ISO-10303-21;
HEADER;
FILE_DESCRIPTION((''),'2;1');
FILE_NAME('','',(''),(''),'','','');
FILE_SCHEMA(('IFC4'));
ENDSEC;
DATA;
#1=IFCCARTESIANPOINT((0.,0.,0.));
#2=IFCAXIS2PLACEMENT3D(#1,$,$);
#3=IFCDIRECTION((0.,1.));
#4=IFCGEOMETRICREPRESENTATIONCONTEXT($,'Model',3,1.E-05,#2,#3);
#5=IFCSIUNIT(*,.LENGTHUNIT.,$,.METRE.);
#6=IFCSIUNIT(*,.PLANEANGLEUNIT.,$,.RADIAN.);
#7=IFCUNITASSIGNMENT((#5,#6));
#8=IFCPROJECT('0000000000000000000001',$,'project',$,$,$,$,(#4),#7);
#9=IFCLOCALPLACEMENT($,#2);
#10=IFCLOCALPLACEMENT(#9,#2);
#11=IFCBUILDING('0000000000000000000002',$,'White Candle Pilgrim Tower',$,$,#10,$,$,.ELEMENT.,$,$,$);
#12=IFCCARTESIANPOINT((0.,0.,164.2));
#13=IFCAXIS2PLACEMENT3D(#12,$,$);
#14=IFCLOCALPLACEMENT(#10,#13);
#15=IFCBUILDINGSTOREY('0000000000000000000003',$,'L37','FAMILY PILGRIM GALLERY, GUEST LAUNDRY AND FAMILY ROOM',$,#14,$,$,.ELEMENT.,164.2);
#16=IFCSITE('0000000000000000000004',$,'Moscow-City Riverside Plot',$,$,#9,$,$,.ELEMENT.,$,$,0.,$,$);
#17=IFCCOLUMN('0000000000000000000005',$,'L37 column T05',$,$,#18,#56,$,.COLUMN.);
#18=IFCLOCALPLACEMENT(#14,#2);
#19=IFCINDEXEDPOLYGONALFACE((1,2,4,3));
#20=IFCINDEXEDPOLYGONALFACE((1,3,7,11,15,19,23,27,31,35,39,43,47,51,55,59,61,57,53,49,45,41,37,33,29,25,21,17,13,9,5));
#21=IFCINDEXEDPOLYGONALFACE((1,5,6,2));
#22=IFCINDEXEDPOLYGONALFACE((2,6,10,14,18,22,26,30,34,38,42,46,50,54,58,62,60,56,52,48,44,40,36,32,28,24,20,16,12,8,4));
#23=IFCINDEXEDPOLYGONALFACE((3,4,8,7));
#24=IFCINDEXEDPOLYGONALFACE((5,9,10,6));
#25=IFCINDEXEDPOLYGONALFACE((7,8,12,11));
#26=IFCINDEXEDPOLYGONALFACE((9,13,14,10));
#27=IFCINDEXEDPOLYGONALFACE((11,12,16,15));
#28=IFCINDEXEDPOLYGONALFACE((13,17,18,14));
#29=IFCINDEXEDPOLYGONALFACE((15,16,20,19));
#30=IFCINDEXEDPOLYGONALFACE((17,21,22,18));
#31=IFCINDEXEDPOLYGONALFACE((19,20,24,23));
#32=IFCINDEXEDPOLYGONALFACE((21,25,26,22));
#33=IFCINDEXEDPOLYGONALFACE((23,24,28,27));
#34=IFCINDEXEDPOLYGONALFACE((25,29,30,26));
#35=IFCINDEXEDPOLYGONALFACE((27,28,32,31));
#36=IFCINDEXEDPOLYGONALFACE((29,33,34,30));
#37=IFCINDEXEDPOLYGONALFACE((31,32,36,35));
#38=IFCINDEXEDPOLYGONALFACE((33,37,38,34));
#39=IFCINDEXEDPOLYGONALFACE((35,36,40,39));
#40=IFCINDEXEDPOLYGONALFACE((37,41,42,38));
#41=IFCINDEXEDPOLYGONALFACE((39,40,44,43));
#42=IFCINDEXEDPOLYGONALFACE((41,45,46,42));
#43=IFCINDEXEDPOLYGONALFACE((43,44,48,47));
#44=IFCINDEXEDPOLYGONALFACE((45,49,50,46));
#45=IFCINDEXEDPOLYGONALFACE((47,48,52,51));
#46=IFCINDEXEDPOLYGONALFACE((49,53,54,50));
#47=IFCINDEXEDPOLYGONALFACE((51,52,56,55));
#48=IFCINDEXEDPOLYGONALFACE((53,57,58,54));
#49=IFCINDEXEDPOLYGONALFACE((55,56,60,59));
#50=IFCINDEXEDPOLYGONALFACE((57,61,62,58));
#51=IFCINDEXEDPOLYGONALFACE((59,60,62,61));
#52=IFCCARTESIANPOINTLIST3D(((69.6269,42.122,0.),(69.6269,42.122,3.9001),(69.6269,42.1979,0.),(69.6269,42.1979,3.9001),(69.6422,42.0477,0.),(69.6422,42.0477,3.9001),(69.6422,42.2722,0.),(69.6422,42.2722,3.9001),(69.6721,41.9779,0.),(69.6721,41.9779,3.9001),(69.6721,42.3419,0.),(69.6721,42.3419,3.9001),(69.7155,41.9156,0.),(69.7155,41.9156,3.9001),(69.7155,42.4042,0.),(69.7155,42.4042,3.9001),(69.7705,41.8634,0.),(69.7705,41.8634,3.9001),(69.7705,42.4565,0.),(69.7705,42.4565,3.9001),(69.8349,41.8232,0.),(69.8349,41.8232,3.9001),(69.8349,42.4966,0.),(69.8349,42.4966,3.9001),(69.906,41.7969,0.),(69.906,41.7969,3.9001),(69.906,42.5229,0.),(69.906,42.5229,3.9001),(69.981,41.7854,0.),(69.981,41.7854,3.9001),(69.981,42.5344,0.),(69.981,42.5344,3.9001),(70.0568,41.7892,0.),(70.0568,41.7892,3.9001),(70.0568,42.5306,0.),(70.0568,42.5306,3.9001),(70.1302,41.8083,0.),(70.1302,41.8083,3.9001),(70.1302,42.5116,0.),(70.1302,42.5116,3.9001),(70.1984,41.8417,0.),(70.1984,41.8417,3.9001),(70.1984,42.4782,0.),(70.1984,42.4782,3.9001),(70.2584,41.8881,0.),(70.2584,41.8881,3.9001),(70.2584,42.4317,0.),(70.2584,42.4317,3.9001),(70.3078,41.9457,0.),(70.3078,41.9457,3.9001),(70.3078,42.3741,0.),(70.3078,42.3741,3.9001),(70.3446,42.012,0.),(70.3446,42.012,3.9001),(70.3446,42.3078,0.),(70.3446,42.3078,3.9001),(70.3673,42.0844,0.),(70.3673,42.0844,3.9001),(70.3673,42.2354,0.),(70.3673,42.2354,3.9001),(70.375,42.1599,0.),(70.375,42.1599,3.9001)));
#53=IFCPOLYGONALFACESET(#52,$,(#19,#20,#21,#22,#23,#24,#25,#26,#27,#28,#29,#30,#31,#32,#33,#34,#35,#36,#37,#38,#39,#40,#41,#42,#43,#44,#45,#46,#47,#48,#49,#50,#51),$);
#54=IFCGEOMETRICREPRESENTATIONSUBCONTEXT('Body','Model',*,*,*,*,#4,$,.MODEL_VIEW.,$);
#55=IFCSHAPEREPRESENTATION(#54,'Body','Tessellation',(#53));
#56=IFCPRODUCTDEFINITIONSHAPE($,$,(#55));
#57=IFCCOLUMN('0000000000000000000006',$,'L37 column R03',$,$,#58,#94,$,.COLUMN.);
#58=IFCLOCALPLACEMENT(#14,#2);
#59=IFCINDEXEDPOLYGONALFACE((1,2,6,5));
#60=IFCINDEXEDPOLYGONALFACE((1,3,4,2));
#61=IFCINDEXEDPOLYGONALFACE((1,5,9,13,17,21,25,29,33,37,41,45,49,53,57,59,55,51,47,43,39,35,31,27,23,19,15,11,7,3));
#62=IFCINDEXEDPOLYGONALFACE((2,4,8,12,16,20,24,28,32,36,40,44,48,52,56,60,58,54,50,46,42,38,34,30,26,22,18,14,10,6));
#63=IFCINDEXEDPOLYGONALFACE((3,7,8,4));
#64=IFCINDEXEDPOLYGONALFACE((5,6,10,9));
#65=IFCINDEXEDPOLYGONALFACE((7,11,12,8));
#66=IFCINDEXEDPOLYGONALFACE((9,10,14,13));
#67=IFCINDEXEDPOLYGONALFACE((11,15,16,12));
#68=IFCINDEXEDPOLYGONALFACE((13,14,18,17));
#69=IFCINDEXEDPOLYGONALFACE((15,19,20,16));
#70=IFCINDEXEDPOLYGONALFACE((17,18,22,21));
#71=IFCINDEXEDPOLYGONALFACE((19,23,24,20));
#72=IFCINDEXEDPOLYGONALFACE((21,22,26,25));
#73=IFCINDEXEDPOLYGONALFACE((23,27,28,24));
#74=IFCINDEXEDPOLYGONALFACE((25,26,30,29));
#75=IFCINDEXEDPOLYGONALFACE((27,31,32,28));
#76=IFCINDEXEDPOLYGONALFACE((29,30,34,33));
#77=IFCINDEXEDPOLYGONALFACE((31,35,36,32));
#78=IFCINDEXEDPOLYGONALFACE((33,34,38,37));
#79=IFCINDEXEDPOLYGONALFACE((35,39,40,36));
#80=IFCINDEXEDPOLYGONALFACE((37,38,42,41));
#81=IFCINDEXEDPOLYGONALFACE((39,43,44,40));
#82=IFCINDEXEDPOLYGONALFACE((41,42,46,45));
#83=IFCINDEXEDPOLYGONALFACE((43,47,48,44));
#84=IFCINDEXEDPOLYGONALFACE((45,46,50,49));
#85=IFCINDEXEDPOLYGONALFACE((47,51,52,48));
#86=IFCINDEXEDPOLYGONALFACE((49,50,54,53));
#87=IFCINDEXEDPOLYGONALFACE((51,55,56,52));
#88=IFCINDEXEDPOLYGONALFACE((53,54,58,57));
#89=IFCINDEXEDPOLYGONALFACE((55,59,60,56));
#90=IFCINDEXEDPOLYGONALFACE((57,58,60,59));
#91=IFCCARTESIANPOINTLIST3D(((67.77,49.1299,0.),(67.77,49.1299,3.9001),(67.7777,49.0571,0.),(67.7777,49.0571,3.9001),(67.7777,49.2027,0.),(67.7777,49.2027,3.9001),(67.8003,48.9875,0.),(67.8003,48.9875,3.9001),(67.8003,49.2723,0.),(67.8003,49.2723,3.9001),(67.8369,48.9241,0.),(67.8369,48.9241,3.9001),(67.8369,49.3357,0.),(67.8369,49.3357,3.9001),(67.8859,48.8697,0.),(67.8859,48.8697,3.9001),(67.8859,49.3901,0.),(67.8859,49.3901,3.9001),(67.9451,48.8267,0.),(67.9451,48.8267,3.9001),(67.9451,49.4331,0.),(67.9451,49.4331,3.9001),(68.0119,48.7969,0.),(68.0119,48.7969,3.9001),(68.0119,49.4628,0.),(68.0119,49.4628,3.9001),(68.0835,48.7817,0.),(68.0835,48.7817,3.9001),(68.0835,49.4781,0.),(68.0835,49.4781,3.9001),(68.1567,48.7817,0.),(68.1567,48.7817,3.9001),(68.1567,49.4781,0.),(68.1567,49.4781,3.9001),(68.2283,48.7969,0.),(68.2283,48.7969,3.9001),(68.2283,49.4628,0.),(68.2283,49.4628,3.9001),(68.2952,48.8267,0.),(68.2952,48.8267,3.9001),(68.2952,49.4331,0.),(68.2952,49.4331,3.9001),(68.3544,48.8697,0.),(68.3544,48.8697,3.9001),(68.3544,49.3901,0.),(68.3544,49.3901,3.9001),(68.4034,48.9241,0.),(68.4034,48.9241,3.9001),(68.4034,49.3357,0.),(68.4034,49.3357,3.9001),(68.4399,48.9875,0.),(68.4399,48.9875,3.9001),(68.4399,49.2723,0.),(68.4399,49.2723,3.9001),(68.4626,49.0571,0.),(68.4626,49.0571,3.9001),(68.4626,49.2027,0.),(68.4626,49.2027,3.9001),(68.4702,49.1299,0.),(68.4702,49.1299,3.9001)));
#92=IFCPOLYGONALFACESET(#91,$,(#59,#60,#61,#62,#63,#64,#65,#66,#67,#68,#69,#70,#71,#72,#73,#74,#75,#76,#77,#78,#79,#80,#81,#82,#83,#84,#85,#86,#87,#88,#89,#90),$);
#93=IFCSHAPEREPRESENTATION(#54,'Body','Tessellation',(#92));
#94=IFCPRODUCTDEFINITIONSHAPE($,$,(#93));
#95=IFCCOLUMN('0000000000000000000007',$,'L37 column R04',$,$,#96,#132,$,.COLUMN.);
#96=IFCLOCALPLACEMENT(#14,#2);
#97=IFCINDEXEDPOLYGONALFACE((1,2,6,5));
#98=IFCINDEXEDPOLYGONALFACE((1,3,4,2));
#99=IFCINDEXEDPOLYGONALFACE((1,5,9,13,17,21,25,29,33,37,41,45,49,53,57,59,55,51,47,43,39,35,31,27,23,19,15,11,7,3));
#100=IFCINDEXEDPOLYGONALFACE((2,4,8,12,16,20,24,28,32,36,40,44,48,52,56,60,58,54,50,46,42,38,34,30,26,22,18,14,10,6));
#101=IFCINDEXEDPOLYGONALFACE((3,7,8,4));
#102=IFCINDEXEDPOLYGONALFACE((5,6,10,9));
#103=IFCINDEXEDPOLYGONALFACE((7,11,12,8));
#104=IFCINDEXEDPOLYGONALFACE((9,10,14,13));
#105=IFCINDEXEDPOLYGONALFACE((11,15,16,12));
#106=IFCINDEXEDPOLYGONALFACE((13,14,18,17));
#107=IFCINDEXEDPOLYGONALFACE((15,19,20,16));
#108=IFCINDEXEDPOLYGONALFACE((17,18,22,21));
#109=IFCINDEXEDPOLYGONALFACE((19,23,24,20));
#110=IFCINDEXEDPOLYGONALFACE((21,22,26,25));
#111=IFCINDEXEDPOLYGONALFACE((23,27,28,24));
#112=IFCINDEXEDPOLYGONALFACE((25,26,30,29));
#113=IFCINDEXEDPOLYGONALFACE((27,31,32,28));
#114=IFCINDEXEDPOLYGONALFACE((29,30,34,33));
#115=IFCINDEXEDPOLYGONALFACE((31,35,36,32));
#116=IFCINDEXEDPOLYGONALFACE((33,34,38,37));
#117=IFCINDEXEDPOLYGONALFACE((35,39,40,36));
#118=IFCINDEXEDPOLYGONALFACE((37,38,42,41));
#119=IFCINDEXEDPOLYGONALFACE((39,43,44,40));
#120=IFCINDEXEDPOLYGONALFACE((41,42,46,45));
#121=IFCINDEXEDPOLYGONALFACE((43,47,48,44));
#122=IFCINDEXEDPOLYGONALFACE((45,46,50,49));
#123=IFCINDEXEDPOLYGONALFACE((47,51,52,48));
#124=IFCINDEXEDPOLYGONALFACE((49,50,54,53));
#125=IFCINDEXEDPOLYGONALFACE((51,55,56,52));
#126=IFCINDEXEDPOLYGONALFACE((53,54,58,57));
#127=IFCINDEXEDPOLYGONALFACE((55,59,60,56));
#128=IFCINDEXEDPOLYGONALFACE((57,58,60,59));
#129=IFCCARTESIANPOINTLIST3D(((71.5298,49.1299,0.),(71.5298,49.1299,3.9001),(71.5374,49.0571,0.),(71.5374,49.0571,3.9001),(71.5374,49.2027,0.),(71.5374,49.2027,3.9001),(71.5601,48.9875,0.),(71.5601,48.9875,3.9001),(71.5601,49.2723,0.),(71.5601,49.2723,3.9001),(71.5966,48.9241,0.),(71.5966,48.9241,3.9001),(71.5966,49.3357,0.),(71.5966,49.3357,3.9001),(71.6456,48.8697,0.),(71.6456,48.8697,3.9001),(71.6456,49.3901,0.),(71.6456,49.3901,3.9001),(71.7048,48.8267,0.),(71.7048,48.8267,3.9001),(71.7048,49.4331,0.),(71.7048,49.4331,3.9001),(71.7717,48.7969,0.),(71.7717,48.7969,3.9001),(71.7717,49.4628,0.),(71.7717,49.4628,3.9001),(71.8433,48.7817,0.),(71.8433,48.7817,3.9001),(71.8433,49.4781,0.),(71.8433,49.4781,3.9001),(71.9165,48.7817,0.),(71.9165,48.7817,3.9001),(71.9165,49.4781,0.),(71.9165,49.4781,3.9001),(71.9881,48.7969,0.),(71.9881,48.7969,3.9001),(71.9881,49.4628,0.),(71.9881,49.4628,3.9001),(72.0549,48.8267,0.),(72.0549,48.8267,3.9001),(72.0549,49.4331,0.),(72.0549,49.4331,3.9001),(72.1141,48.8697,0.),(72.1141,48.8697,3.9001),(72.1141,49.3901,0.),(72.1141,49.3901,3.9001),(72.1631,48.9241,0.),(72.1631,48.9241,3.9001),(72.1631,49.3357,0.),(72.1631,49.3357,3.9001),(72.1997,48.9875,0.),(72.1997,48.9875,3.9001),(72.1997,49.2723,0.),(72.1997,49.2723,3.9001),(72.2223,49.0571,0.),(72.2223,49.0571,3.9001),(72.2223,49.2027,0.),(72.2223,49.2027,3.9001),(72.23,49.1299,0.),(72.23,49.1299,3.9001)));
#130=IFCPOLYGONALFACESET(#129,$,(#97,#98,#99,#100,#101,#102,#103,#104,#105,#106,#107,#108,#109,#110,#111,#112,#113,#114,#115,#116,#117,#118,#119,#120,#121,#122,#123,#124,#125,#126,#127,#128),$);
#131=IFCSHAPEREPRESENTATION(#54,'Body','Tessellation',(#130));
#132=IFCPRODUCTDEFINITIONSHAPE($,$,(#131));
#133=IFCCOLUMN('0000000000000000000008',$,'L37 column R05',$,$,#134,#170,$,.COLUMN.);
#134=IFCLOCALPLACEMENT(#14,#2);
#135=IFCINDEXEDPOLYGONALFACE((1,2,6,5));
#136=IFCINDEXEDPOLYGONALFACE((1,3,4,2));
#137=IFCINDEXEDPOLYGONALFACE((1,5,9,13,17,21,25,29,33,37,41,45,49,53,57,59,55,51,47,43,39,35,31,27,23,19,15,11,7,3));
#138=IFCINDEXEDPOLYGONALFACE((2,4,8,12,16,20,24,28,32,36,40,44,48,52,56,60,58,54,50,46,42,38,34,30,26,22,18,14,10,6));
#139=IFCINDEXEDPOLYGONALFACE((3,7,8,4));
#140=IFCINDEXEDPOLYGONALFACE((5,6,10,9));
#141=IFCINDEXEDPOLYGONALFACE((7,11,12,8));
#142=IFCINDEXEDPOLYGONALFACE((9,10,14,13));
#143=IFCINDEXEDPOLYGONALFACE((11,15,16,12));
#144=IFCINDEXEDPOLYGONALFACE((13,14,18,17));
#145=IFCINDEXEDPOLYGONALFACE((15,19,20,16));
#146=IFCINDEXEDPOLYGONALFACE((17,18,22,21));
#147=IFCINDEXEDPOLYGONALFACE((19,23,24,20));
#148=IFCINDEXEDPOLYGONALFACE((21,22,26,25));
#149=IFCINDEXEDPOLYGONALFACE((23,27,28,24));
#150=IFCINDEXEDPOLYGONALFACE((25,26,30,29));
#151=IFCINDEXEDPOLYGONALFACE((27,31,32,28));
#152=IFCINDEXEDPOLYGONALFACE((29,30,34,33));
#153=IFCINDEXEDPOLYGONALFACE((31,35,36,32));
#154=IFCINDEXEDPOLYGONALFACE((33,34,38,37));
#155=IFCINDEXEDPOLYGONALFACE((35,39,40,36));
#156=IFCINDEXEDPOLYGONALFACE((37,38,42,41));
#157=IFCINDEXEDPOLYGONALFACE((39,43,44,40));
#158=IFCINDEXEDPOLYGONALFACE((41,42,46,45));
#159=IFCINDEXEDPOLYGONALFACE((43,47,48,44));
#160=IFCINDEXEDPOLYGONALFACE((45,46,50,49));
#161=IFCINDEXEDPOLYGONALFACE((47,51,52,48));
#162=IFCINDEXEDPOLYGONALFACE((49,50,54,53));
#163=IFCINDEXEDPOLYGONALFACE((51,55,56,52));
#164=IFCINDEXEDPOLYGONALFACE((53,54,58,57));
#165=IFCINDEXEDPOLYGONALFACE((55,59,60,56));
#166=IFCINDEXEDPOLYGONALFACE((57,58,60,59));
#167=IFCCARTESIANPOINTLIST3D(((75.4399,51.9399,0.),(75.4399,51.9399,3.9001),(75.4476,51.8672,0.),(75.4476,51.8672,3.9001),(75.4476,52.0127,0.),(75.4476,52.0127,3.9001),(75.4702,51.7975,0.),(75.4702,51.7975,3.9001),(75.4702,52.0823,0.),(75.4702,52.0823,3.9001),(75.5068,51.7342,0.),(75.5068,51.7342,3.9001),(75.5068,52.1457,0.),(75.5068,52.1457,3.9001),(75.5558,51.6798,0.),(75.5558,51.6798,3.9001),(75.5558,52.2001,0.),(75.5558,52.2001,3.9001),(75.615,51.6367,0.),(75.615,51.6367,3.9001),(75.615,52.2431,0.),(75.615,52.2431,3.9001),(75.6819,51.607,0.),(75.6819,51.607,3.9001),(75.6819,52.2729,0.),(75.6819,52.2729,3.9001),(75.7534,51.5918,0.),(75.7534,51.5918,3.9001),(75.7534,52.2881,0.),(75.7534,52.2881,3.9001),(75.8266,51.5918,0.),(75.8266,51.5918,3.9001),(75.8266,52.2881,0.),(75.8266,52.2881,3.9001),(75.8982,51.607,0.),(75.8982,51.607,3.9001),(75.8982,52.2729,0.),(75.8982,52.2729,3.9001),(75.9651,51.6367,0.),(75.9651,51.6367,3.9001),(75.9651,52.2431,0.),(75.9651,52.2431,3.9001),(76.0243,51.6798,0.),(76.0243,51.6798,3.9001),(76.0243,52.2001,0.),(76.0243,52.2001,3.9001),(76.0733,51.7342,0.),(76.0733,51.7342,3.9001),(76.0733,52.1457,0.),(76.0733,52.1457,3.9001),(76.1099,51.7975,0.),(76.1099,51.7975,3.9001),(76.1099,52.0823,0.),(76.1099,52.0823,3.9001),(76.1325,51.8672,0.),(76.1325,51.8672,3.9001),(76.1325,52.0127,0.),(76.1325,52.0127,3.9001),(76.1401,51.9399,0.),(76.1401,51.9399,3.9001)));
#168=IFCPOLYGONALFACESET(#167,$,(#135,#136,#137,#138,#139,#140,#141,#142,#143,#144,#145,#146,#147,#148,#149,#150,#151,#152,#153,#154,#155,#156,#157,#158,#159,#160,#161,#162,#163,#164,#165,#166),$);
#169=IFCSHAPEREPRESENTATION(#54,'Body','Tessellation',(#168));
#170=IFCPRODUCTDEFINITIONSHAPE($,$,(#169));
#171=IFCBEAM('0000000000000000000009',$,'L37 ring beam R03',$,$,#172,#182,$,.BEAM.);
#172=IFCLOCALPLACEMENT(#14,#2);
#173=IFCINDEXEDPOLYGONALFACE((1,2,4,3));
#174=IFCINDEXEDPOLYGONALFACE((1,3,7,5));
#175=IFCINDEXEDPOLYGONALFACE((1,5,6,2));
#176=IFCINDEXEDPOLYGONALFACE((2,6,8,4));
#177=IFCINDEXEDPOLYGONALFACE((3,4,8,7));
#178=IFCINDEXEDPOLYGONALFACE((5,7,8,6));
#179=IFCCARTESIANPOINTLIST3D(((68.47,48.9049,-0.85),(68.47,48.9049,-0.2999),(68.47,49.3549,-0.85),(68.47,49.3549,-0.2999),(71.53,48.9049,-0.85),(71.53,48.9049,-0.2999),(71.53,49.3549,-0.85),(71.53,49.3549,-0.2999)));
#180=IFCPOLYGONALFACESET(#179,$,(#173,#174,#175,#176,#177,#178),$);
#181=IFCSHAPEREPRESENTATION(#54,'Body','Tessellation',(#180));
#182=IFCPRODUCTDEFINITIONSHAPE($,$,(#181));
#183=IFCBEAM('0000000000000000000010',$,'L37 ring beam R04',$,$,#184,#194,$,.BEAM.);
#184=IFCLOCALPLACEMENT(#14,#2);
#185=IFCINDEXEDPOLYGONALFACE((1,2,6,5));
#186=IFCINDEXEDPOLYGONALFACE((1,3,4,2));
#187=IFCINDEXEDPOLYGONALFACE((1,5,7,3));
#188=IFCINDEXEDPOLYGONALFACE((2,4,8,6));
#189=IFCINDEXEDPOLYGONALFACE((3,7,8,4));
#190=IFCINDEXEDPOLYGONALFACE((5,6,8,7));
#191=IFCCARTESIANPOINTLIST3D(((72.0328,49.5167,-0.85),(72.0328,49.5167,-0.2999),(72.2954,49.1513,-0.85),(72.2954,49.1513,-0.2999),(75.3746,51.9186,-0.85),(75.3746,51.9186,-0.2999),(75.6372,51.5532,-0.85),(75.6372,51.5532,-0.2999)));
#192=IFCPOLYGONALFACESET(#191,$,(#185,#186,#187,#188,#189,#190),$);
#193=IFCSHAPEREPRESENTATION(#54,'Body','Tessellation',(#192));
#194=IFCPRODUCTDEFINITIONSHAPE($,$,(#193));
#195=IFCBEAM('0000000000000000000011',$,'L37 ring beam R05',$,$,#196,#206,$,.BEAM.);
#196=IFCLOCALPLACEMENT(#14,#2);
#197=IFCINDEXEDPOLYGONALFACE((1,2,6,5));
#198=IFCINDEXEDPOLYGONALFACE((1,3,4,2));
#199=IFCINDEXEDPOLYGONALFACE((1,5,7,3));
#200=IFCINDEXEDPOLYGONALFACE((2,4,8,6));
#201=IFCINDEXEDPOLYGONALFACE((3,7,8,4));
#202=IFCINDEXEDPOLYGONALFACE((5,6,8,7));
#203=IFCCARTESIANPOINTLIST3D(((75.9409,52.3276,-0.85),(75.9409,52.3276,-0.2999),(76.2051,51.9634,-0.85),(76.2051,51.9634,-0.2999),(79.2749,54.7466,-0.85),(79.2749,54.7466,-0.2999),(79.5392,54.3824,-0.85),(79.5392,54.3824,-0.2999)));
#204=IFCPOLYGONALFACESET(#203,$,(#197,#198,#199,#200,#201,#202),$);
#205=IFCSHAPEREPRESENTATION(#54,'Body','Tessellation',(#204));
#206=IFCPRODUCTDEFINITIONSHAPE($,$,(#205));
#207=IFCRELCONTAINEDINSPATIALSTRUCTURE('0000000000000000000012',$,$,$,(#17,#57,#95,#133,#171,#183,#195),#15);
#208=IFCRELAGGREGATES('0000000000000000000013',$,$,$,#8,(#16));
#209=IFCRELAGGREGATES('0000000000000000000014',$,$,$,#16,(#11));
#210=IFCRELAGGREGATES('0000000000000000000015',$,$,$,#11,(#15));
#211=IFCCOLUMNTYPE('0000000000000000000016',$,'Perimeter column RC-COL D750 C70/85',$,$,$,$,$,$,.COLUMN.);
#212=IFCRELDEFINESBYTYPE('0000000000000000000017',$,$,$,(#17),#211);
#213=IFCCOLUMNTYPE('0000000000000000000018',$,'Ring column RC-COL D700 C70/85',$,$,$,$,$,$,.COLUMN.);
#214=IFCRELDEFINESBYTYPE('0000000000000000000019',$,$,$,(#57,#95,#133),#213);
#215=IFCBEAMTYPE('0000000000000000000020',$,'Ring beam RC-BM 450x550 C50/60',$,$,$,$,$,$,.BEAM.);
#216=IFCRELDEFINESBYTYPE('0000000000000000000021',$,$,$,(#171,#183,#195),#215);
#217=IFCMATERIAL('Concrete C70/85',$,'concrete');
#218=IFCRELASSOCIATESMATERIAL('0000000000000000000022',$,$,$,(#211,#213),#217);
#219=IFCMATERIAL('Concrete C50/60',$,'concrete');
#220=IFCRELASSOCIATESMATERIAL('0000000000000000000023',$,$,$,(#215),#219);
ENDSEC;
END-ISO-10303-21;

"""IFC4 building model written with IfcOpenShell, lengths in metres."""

from ifc_helpers import new_model, si_unit, direction, frame, origin, origin_2d, place, context, subcontext, project, spatial, rectangle, circle, extrude, material, material_profile, profile_set, type_object, element, save


model = new_model("IFC4")

# Units and contexts
model_context = context("Model", 3, precision=1e-05, world=origin(), true_north=direction((0.0, 1.0)))
body_context = subcontext(model_context, "Body", "Model", "MODEL_VIEW")
ifc_project = project(units=[si_unit("LENGTHUNIT", "METRE"), si_unit("PLANEANGLEUNIT", "RADIAN")], contexts=[model_context])

# Site, building, storey
site_placement = place(None, origin())
site = spatial("IfcSite", under=ifc_project, at=site_placement, Name="Moscow-City Riverside Plot", CompositionType="ELEMENT", RefElevation=0.0)
building_placement = place(site_placement, origin())
building = spatial("IfcBuilding", under=site, at=building_placement, Name="White Candle Pilgrim Tower", CompositionType="ELEMENT")
storey_placement = place(building_placement, frame((0.0, 0.0, 164.2)))
storey = spatial("IfcBuildingStorey", under=building, at=storey_placement, Name="L37", Description="FAMILY PILGRIM GALLERY, GUEST LAUNDRY AND FAMILY ROOM", CompositionType="ELEMENT", Elevation=164.2)

# Columns
ifc_material_1 = material(Name="Concrete C70/85", Category="concrete")
ifc_material_profile_1 = material_profile(ifc_material_1, circle(Radius=0.375, at=origin_2d()), Name="RC-COL D750")
ifc_profile_set_1 = profile_set([ifc_material_profile_1], Name="Concrete C70/85")
column_type_1 = type_object("IfcColumnType", Name="Perimeter column RC-COL D750 C70/85", PredefinedType="COLUMN", material=ifc_profile_set_1)
column_placement = place(storey_placement, frame((70.0, 42.1599, 0.0), z_axis=(0.0, 0.0, 1.0), x_axis=(1.0, 0.0, 0.0)))
element("IfcColumn", 1, at=column_placement, inside=storey, type_object=column_type_1, Name="L37 column T05", PredefinedType="COLUMN", context=body_context, shape_type="SweptSolid", body=[
    extrude(circle(Radius=0.375, at=origin_2d()), origin(), (0.0, 0.0, 1.0), 3.9001),
])
ifc_material_profile_2 = material_profile(ifc_material_1, circle(Radius=0.3501, at=origin_2d()), Name="RC-COL D700")
ifc_profile_set_2 = profile_set([ifc_material_profile_2], Name="Concrete C70/85")
column_type_2 = type_object("IfcColumnType", Name="Ring column RC-COL D700 C70/85", PredefinedType="COLUMN", material=ifc_profile_set_2)
for number, where, z_axis, x_axis, name in (
    (2, (68.1201, 49.1299, 0.0), (0.0, 0.0, 1.0), (1.0, 0.0, 0.0), "L37 column R03"),
    (3, (71.8799, 49.1299, 0.0), (0.0, 0.0, 1.0), (1.0, 0.0, 0.0), "L37 column R04"),
    (4, (75.79, 51.9399, 0.0), (0.0, 0.0, 1.0), (1.0, 0.0, 0.0), "L37 column R05"),
):
    element("IfcColumn", number, at=place(storey_placement, frame(where, z_axis=z_axis, x_axis=x_axis)), inside=storey, type_object=column_type_2, Name=name, PredefinedType="COLUMN", context=body_context, shape_type="SweptSolid", body=[
        extrude(circle(Radius=0.3501, at=origin_2d()), origin(), (0.0, 0.0, 1.0), 3.9001),
    ])

# Beams
ifc_material_2 = material(Name="Concrete C50/60", Category="concrete")
ifc_material_profile_3 = material_profile(ifc_material_2, rectangle(XDim=0.45, YDim=0.55, at=origin_2d()), Name="RC-BM 450x550")
ifc_profile_set_3 = profile_set([ifc_material_profile_3], Name="Concrete C50/60")
beam_type = type_object("IfcBeamType", Name="Ring beam RC-BM 450x550 C50/60", PredefinedType="BEAM", material=ifc_profile_set_3)
beam_1_placement = place(storey_placement, frame((68.47, 49.1299, -0.575), z_axis=(1.0, 0.0, 0.0), x_axis=(0.0, 1.0, 0.0)))
element("IfcBeam", 5, at=beam_1_placement, inside=storey, type_object=beam_type, Name="L37 ring beam R03", PredefinedType="BEAM", context=body_context, shape_type="SweptSolid", body=[
    extrude(rectangle(XDim=0.45, YDim=0.55, at=origin_2d()), origin(), (0.0, 0.0, 1.0), 3.0601),
])
beam_2_placement = place(storey_placement, frame((72.1641, 49.334, -0.575), z_axis=(0.812022, 0.583626, 0.0), x_axis=(-0.583626, 0.812022, 0.0)))
element("IfcBeam", 6, at=beam_2_placement, inside=storey, type_object=beam_type, Name="L37 ring beam R04", PredefinedType="BEAM", context=body_context, shape_type="SweptSolid", body=[
    extrude(rectangle(XDim=0.45, YDim=0.55, at=origin_2d()), origin(), (0.0, 0.0, 1.0), 4.1155),
])
beam_3_placement = place(storey_placement, frame((76.073, 52.1455, -0.575), z_axis=(0.809402, 0.587255, 0.0), x_axis=(-0.587255, 0.809402, 0.0)))
element("IfcBeam", 7, at=beam_3_placement, inside=storey, type_object=beam_type, Name="L37 ring beam R05", PredefinedType="BEAM", context=body_context, shape_type="SweptSolid", body=[
    extrude(rectangle(XDim=0.45, YDim=0.55, at=origin_2d()), origin(), (0.0, 0.0, 1.0), 4.1191),
])

save(model, "model.ifc")
